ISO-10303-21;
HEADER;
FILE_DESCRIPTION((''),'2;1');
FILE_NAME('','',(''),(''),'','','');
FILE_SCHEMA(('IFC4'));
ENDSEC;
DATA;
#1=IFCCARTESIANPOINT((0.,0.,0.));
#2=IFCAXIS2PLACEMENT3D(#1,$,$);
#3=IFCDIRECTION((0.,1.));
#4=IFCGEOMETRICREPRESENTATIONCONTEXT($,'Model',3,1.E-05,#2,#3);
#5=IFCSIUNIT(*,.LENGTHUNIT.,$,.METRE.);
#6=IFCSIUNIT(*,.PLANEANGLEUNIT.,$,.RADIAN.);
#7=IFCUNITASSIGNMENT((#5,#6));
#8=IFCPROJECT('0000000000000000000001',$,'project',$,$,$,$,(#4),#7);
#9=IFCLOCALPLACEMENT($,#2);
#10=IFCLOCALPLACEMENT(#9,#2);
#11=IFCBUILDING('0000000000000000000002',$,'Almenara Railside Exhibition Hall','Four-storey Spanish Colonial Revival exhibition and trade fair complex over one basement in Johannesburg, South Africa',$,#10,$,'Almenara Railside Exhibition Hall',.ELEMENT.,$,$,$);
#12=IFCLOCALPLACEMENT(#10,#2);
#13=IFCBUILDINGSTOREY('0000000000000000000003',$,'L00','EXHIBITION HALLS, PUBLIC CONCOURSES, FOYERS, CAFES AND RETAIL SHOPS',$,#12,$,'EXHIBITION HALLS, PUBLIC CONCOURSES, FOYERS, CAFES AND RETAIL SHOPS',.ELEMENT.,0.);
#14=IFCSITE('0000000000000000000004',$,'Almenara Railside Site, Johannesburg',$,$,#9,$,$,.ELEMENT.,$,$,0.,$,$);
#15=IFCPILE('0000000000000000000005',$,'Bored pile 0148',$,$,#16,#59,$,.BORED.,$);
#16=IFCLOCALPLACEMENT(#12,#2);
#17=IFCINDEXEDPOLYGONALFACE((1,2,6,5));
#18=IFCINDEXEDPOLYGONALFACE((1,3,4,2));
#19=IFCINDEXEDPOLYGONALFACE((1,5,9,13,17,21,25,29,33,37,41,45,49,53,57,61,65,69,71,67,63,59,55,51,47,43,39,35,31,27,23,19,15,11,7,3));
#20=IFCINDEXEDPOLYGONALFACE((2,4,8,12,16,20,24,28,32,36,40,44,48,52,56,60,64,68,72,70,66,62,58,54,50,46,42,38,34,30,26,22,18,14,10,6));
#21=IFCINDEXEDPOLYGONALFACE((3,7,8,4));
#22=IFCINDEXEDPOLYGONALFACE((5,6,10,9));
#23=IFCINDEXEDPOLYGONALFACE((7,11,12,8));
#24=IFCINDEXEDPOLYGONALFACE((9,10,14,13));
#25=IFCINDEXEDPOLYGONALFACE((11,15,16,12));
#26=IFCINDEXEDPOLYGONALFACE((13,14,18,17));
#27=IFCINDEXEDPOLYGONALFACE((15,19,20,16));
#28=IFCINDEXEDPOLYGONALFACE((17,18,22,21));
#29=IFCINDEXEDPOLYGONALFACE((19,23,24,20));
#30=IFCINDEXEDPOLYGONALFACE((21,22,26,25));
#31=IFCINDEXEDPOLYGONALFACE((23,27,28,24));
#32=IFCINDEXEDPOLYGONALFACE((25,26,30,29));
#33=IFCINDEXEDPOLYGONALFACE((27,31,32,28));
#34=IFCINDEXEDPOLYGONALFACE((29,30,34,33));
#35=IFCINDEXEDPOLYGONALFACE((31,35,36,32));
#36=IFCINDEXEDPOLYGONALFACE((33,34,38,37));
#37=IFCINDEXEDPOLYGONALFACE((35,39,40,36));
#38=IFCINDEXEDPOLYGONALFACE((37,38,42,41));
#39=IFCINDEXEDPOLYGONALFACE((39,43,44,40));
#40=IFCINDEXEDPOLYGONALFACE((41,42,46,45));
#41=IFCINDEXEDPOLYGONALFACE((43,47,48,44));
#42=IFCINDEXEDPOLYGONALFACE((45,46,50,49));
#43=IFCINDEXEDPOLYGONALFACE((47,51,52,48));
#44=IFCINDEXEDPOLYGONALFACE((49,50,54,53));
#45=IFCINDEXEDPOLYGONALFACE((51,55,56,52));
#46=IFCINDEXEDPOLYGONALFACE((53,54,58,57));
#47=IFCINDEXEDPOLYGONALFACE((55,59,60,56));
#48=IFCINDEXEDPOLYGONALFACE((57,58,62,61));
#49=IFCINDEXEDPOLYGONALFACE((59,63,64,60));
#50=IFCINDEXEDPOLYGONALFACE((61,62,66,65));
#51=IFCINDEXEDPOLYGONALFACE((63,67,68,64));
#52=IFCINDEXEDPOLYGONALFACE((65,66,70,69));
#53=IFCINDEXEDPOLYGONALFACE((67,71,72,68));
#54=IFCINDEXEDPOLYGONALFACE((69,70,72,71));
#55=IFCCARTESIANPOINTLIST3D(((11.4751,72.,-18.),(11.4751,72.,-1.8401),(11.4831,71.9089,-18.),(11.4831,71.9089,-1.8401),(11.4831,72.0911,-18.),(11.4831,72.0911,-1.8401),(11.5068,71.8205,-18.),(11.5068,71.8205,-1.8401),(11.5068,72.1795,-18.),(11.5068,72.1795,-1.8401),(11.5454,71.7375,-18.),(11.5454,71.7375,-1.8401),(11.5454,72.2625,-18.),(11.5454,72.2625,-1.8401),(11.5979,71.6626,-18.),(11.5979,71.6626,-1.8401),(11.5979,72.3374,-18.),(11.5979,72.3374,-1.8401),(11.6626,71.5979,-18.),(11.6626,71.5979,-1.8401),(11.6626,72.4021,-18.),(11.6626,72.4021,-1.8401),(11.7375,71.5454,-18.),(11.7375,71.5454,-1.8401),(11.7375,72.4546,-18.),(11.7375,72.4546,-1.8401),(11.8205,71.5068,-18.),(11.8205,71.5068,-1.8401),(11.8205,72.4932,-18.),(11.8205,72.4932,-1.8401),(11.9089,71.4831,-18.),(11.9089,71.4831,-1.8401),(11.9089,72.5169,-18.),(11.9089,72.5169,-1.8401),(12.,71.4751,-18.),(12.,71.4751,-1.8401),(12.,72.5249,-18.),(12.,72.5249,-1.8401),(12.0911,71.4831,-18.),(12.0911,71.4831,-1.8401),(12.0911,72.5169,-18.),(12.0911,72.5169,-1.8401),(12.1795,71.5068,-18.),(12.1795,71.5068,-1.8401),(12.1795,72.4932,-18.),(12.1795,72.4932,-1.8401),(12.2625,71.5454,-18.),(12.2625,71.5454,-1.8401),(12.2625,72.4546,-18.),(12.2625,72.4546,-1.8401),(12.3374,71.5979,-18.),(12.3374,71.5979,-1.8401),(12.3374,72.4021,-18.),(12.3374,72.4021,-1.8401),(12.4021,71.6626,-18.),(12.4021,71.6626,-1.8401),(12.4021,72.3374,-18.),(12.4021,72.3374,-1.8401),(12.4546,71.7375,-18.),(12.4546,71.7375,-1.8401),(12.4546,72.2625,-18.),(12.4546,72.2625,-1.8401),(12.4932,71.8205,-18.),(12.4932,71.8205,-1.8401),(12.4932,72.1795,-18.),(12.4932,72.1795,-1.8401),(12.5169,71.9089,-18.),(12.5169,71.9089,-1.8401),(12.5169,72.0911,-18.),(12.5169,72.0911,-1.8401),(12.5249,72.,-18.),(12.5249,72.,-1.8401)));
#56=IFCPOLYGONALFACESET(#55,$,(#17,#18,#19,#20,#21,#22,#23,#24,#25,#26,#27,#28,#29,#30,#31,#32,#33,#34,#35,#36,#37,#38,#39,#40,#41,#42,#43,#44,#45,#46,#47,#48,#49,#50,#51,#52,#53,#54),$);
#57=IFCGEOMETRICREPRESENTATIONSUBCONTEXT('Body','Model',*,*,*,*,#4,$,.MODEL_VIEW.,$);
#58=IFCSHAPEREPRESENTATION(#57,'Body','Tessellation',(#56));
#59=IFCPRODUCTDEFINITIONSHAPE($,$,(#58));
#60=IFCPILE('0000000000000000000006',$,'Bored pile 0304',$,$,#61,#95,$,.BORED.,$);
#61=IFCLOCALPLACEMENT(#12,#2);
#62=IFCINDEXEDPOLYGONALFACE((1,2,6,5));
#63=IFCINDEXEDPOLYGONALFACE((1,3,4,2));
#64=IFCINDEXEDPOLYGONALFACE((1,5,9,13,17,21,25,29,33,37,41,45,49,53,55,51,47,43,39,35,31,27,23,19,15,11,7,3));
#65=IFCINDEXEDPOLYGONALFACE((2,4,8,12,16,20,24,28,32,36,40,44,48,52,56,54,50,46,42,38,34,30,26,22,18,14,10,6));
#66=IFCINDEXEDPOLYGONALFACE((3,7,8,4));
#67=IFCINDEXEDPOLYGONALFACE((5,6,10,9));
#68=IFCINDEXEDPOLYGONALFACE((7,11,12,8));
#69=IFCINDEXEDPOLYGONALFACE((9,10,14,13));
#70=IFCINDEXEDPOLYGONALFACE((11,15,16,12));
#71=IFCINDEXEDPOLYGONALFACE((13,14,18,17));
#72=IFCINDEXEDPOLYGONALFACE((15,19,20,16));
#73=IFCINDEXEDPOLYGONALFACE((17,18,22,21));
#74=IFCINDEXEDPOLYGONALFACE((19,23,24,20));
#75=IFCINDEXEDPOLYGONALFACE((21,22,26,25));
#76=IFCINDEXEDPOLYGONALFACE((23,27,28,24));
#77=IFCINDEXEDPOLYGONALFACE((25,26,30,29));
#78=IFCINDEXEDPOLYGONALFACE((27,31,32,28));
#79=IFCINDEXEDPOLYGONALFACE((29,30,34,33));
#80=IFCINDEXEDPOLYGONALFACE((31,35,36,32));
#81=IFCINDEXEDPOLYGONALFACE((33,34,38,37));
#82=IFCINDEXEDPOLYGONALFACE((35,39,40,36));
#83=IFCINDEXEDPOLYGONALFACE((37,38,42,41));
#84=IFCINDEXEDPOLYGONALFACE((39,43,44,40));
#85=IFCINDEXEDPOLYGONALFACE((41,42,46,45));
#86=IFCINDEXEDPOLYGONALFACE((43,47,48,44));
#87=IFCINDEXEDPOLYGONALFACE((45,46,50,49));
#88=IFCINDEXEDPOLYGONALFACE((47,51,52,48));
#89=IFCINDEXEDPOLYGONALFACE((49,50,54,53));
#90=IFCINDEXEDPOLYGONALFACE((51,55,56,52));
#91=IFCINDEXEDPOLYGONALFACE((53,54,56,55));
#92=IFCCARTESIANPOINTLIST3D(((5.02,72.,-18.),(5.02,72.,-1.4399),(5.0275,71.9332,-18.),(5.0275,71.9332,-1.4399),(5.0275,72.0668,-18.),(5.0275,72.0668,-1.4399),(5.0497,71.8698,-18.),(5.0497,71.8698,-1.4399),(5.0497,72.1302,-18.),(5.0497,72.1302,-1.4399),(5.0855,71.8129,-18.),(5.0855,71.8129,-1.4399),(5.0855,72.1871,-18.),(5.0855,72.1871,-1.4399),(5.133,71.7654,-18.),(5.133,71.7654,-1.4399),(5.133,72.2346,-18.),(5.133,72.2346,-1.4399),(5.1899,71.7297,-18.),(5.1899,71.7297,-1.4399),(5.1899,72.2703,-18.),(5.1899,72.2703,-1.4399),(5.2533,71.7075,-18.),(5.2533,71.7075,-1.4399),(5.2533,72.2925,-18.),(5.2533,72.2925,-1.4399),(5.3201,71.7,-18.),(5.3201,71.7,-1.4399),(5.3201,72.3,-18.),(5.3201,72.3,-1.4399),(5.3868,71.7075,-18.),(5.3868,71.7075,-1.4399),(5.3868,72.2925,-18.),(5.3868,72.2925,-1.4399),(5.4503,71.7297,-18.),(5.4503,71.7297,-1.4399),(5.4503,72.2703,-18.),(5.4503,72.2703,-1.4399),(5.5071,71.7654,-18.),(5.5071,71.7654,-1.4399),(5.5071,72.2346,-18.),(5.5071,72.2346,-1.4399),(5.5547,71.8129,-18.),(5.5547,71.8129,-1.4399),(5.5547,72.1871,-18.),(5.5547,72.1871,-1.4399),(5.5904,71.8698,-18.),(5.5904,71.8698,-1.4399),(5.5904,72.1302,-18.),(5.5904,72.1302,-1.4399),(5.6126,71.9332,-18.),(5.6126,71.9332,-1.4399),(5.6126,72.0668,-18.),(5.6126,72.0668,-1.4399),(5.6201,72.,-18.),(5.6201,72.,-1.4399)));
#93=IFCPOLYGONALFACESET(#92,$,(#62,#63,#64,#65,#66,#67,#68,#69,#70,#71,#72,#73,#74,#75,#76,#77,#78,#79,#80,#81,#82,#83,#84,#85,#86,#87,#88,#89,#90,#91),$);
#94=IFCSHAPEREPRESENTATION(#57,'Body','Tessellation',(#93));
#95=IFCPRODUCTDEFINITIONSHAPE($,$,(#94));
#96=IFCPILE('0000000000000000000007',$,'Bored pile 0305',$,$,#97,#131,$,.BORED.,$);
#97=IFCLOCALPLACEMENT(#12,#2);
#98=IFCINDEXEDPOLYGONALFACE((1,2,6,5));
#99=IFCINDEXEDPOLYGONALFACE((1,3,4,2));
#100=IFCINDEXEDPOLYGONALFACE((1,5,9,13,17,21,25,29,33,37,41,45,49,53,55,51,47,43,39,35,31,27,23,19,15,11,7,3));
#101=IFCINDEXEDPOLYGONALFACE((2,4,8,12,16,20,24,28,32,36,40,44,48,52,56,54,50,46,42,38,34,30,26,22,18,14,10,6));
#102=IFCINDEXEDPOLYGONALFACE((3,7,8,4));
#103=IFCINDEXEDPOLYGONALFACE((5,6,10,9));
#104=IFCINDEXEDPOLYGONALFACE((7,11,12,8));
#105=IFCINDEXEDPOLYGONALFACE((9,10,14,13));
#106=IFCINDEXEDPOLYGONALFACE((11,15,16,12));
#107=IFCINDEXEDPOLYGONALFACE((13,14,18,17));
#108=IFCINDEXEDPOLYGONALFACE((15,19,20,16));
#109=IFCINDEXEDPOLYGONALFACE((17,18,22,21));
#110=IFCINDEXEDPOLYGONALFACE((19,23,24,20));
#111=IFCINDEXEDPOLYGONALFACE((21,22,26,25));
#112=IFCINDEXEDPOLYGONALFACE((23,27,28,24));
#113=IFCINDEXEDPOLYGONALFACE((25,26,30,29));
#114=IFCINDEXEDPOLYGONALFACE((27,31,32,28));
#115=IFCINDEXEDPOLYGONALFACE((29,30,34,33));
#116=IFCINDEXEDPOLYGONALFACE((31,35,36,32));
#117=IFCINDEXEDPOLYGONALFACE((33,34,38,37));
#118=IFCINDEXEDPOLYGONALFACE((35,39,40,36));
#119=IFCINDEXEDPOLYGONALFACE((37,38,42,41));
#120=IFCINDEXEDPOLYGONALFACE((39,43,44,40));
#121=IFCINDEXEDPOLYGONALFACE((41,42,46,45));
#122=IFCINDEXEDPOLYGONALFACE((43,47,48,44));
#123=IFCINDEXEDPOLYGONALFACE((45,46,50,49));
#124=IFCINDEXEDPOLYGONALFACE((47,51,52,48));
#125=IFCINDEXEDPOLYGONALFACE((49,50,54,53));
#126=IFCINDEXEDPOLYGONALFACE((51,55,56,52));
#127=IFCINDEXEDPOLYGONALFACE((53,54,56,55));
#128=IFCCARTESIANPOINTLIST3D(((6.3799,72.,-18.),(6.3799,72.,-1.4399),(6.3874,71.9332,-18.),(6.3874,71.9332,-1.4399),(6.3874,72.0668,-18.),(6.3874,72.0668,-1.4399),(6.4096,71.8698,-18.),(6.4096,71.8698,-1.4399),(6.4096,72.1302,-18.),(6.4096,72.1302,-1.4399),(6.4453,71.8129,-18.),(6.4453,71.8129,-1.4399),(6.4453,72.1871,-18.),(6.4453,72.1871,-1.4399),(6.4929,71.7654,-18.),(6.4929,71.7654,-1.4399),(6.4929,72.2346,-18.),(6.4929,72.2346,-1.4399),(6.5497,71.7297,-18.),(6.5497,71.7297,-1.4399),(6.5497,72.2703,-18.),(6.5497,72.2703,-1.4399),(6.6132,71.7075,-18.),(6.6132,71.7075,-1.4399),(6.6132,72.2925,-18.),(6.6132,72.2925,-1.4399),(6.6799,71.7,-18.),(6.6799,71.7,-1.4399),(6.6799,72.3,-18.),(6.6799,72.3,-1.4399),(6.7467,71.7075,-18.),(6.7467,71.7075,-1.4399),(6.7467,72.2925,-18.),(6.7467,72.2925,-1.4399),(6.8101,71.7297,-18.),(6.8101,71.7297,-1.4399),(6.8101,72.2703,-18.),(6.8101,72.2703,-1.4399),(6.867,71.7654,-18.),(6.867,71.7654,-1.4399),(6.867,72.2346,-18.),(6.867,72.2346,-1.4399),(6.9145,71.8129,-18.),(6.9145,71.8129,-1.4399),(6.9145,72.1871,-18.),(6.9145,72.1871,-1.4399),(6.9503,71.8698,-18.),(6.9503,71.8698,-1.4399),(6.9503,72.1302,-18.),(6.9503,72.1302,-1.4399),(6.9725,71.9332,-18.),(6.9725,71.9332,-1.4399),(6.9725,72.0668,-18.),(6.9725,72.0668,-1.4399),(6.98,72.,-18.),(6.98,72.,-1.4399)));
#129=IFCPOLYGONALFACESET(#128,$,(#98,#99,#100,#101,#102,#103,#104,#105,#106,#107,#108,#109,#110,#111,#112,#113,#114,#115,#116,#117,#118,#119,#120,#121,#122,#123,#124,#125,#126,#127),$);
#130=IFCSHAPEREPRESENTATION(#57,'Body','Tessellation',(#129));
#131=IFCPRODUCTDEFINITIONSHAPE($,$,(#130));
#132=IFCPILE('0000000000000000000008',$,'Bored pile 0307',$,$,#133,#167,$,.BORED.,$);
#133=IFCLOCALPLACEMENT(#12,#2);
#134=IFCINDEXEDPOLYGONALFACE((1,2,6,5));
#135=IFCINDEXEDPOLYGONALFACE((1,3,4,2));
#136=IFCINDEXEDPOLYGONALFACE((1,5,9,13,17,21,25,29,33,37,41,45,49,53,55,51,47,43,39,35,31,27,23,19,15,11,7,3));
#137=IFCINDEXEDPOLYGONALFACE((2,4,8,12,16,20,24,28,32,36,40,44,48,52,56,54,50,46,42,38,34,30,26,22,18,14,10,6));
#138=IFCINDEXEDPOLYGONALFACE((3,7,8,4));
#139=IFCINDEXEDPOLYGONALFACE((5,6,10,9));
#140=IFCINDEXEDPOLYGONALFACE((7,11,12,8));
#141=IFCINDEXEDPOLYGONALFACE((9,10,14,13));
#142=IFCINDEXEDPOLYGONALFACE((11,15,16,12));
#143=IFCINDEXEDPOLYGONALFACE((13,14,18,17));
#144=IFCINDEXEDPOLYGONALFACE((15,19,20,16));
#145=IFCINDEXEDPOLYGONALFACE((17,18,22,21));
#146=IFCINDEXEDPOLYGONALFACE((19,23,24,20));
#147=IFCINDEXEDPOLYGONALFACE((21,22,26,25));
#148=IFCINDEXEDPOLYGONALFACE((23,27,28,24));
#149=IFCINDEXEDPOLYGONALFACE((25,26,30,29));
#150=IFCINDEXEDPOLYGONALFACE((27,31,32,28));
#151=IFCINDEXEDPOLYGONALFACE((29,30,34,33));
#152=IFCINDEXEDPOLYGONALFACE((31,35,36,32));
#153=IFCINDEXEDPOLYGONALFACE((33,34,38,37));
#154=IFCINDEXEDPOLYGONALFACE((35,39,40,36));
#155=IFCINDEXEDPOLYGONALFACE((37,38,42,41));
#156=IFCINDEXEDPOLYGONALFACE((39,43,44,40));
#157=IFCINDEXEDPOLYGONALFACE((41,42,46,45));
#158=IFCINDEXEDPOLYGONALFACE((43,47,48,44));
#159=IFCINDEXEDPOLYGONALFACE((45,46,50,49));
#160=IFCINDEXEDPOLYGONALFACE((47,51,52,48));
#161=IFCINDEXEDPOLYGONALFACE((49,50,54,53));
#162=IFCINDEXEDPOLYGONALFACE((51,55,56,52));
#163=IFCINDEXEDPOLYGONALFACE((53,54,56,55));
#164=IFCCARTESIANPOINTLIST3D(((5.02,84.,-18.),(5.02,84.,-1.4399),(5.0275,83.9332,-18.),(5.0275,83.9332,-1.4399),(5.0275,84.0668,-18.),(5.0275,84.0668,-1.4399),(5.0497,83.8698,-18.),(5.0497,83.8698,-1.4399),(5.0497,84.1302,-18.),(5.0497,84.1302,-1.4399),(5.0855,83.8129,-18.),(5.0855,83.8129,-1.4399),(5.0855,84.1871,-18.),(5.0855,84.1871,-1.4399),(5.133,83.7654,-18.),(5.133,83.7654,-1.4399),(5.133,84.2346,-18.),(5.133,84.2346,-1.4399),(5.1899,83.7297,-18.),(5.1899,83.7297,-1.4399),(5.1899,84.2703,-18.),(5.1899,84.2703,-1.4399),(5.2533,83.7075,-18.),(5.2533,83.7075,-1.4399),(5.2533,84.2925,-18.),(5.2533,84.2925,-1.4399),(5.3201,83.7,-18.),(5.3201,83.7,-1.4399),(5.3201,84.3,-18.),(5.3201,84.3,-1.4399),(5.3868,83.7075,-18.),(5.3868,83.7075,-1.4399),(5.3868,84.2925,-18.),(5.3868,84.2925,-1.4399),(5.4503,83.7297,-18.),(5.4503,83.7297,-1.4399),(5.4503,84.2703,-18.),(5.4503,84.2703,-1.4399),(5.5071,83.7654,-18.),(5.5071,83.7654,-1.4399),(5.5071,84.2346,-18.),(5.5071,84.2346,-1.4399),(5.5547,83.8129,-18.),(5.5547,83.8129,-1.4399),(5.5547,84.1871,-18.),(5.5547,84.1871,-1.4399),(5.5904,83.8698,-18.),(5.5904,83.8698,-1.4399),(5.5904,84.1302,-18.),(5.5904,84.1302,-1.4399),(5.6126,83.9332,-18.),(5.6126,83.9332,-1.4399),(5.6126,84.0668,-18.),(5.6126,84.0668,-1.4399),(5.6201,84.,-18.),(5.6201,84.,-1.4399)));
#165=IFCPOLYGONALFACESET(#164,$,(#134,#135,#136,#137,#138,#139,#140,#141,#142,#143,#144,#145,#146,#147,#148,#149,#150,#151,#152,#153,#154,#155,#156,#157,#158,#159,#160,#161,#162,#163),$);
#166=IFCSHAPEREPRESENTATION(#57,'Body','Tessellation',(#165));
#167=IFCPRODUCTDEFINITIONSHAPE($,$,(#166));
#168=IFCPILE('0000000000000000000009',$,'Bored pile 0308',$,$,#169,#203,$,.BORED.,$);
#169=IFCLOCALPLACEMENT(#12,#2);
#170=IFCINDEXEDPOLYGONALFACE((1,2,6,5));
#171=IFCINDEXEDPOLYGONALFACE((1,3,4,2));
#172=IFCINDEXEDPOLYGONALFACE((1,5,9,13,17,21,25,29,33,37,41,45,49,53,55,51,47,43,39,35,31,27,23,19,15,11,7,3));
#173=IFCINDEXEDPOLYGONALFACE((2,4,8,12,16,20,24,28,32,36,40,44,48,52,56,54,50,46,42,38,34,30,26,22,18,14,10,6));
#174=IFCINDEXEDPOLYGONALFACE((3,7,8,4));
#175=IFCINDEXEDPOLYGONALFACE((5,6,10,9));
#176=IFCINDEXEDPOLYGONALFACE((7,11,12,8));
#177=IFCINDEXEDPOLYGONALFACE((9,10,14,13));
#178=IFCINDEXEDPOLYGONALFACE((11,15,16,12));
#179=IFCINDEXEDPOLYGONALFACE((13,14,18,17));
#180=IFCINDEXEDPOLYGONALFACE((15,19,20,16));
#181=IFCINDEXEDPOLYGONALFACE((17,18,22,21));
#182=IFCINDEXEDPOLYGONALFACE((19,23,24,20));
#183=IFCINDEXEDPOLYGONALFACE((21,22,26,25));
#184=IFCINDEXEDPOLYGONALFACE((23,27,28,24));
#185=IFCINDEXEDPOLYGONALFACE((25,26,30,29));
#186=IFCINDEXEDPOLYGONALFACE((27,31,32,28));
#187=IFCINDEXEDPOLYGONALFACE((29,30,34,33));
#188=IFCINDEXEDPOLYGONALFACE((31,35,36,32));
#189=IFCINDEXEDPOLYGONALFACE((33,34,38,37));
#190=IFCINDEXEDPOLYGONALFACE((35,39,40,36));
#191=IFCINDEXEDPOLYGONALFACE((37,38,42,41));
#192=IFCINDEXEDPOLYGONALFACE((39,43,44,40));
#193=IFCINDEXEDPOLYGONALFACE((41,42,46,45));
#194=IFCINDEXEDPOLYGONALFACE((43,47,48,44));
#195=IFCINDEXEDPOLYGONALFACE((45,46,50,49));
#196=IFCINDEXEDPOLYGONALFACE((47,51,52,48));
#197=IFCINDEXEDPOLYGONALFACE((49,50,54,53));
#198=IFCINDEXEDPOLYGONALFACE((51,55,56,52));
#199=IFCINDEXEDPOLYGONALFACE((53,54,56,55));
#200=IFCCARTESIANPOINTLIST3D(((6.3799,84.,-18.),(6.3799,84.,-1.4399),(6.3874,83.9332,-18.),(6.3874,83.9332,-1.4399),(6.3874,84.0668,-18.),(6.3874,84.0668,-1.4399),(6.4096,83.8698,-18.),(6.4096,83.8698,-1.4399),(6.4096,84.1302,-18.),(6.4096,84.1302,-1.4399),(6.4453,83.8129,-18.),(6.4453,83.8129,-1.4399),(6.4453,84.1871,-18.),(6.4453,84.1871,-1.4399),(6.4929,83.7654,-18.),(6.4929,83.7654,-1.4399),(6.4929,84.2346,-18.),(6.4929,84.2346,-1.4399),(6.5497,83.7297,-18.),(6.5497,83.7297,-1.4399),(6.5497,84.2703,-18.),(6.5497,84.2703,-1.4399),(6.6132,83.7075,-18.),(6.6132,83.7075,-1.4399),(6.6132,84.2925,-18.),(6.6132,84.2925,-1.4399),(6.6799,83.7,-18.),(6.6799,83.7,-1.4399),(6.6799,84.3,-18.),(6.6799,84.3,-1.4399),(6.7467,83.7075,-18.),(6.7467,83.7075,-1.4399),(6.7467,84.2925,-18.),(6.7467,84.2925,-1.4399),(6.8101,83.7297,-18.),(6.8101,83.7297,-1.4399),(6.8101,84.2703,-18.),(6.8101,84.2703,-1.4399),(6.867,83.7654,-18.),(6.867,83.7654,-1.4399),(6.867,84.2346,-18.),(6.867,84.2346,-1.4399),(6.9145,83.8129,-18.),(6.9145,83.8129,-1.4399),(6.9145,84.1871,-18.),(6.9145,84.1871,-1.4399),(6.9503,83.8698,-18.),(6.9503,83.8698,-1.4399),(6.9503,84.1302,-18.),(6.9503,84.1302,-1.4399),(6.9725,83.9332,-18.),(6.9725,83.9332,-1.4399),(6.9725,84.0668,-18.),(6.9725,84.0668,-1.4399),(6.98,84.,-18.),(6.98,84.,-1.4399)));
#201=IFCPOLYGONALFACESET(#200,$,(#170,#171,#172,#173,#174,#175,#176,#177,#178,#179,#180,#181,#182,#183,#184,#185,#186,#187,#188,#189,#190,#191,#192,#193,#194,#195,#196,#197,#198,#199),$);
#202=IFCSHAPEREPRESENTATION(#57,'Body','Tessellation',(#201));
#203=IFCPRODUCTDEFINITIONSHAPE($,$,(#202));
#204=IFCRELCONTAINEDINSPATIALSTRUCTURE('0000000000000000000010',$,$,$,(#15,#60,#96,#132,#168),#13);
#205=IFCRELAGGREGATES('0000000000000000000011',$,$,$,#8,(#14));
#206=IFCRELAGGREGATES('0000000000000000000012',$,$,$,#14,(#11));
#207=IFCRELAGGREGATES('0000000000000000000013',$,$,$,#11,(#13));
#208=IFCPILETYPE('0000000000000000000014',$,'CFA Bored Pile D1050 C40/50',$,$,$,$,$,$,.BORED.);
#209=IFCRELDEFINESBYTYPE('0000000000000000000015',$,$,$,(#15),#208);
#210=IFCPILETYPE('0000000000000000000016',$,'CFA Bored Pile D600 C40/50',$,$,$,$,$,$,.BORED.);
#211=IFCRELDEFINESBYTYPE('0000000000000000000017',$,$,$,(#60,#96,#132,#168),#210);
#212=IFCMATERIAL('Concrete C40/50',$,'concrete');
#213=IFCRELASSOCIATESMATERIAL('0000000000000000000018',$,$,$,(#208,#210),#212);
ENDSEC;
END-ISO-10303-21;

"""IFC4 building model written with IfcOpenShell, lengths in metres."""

from ifc_helpers import new_model, si_unit, direction, frame, origin, origin_2d, place, context, subcontext, project, spatial, circle, extrude, material, material_profile, profile_set, type_object, element, save


model = new_model("IFC4")

# Units and contexts
model_context = context("Model", 3, precision=1e-05, world=origin(), true_north=direction((0.0, 1.0)))
body_context = subcontext(model_context, "Body", "Model", "MODEL_VIEW")
ifc_project = project(units=[si_unit("LENGTHUNIT", "METRE"), si_unit("PLANEANGLEUNIT", "RADIAN")], contexts=[model_context])

# Site, building, storey
site_placement = place(None, origin())
site = spatial("IfcSite", under=ifc_project, at=site_placement, Name="Almenara Railside Site, Johannesburg", CompositionType="ELEMENT", RefElevation=0.0)
building_placement = place(site_placement, origin())
building = spatial("IfcBuilding", under=site, at=building_placement, Name="Almenara Railside Exhibition Hall", Description="Four-storey Spanish Colonial Revival exhibition and trade fair complex over one basement in Johannesburg, South Africa", LongName="Almenara Railside Exhibition Hall", CompositionType="ELEMENT")
storey_placement = place(building_placement, origin())
storey = spatial("IfcBuildingStorey", under=building, at=storey_placement, Name="L00", Description="EXHIBITION HALLS, PUBLIC CONCOURSES, FOYERS, CAFES AND RETAIL SHOPS", LongName="EXHIBITION HALLS, PUBLIC CONCOURSES, FOYERS, CAFES AND RETAIL SHOPS", CompositionType="ELEMENT", Elevation=0.0)

# Piles
ifc_material_1 = material(Name="Concrete C40/50", Category="concrete")
ifc_material_profile_1 = material_profile(ifc_material_1, circle(Radius=0.5249, at=origin_2d()), Name="CFA-PILE D1050")
ifc_profile_set_1 = profile_set([ifc_material_profile_1], Name="Concrete C40/50")
pile_type_1 = type_object("IfcPileType", Name="CFA Bored Pile D1050 C40/50", PredefinedType="BORED", material=ifc_profile_set_1)
pile_placement = place(storey_placement, frame((12.0, 72.0, -1.8401), z_axis=(0.0, 0.0, -1.0), x_axis=(1.0, 0.0, 0.0)))
element("IfcPile", 1, at=pile_placement, inside=storey, type_object=pile_type_1, Name="Bored pile 0148", PredefinedType="BORED", context=body_context, shape_type="SweptSolid", body=[
    extrude(circle(Radius=0.5249, at=origin_2d()), origin(), (0.0, 0.0, 1.0), 16.1599),
])
ifc_material_profile_2 = material_profile(ifc_material_1, circle(Radius=0.3, at=origin_2d()), Name="CFA-PILE D600")
ifc_profile_set_2 = profile_set([ifc_material_profile_2], Name="Concrete C40/50")
pile_type_2 = type_object("IfcPileType", Name="CFA Bored Pile D600 C40/50", PredefinedType="BORED", material=ifc_profile_set_2)
for number, where, z_axis, x_axis, name in (
    (2, (5.3201, 72.0, -1.4399), (0.0, 0.0, -1.0), (1.0, 0.0, 0.0), "Bored pile 0304"),
    (3, (6.6799, 72.0, -1.4399), (0.0, 0.0, -1.0), (1.0, 0.0, 0.0), "Bored pile 0305"),
    (4, (5.3201, 84.0, -1.4399), (0.0, 0.0, -1.0), (1.0, 0.0, 0.0), "Bored pile 0307"),
    (5, (6.6799, 84.0, -1.4399), (0.0, 0.0, -1.0), (1.0, 0.0, 0.0), "Bored pile 0308"),
):
    element("IfcPile", number, at=place(storey_placement, frame(where, z_axis=z_axis, x_axis=x_axis)), inside=storey, type_object=pile_type_2, Name=name, PredefinedType="BORED", context=body_context, shape_type="SweptSolid", body=[
        extrude(circle(Radius=0.3, at=origin_2d()), origin(), (0.0, 0.0, 1.0), 16.5601),
    ])

save(model, "model.ifc")
